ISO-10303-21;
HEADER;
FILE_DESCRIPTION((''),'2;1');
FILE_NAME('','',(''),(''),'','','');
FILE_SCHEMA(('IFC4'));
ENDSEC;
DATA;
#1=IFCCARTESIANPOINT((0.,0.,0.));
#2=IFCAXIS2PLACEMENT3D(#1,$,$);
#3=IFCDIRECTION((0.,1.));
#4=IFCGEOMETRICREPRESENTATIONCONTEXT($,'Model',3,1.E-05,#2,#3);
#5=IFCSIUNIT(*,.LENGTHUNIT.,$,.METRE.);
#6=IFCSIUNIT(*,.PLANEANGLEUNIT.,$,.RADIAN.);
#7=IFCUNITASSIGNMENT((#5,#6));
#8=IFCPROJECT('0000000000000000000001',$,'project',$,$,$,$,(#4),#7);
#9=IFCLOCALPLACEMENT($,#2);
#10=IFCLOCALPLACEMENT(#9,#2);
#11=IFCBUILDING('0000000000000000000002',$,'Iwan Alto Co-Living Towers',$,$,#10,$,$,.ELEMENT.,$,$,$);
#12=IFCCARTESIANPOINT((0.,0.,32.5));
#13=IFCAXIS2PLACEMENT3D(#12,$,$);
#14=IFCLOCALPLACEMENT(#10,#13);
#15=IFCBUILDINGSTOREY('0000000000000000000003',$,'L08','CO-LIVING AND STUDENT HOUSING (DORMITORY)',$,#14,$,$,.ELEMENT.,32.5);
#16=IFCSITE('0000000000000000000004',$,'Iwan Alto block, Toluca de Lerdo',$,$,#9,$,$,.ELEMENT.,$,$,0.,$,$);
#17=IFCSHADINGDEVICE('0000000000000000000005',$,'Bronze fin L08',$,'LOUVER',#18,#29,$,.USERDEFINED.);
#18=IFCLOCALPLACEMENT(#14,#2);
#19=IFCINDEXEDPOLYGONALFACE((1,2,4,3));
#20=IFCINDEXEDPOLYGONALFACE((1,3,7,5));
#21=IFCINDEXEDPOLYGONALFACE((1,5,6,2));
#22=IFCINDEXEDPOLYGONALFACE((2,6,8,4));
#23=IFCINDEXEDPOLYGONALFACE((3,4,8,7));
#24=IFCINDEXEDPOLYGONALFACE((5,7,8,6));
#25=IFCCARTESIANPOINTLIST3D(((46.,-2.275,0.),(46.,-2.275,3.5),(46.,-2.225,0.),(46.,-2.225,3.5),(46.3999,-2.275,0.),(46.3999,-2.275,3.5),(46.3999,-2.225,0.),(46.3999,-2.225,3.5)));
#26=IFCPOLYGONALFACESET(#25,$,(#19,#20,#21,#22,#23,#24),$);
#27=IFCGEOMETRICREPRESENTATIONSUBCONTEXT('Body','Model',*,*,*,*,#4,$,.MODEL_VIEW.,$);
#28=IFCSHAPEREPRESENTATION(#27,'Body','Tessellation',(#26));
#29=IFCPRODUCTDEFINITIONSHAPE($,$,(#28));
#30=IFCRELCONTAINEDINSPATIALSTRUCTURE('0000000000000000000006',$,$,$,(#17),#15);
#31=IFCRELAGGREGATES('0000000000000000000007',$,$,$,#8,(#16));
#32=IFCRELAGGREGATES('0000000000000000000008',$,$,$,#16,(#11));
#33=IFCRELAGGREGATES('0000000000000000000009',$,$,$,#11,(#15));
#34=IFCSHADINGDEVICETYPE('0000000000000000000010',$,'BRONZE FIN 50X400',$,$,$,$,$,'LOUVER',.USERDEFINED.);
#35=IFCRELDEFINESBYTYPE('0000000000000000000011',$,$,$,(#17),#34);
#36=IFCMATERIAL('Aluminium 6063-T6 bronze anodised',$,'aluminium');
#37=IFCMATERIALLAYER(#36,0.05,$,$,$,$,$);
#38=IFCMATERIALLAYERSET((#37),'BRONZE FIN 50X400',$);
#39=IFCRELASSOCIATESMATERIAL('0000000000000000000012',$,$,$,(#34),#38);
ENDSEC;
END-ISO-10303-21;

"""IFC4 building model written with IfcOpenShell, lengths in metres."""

from ifc_helpers import new_model, si_unit, direction, frame, origin, origin_2d, place, context, subcontext, project, spatial, rectangle, extrude, material, layer, layer_set, type_object, element, save


model = new_model("IFC4")

# Units and contexts
model_context = context("Model", 3, precision=1e-05, world=origin(), true_north=direction((0.0, 1.0)))
body_context = subcontext(model_context, "Body", "Model", "MODEL_VIEW")
ifc_project = project(units=[si_unit("LENGTHUNIT", "METRE"), si_unit("PLANEANGLEUNIT", "RADIAN")], contexts=[model_context])

# Site, building, storey
site_placement = place(None, origin())
site = spatial("IfcSite", under=ifc_project, at=site_placement, Name="Iwan Alto block, Toluca de Lerdo", CompositionType="ELEMENT", RefElevation=0.0)
building_placement = place(site_placement, origin())
building = spatial("IfcBuilding", under=site, at=building_placement, Name="Iwan Alto Co-Living Towers", CompositionType="ELEMENT")
storey_placement = place(building_placement, frame((0.0, 0.0, 32.5)))
storey = spatial("IfcBuildingStorey", under=building, at=storey_placement, Name="L08", Description="CO-LIVING AND STUDENT HOUSING (DORMITORY)", CompositionType="ELEMENT", Elevation=32.5)

# Shading device
ifc_material_1 = material(Name="Aluminium 6063-T6 bronze anodised", Category="aluminium")
ifc_layer_1 = layer(ifc_material_1, 0.05)
ifc_layer_set_1 = layer_set([ifc_layer_1], Name="BRONZE FIN 50X400")
shading_device_type = type_object("IfcShadingDeviceType", Name="BRONZE FIN 50X400", ElementType="LOUVER", PredefinedType="USERDEFINED", material=ifc_layer_set_1)
for number, where, z_axis, x_axis, name in (
    (1, (46.2, -2.25, 0.0), (0.0, 0.0, 1.0), (0.0, -1.0, 0.0), "Bronze fin L08"),
):
    element("IfcShadingDevice", number, at=place(storey_placement, frame(where, z_axis=z_axis, x_axis=x_axis)), inside=storey, type_object=shading_device_type, Name=name, ObjectType="LOUVER", PredefinedType="USERDEFINED", context=body_context, shape_type="SweptSolid", body=[
        extrude(rectangle(XDim=0.05, YDim=0.3999, at=origin_2d()), origin(), (0.0, 0.0, 1.0), 3.5),
    ])

save(model, "model.ifc")
